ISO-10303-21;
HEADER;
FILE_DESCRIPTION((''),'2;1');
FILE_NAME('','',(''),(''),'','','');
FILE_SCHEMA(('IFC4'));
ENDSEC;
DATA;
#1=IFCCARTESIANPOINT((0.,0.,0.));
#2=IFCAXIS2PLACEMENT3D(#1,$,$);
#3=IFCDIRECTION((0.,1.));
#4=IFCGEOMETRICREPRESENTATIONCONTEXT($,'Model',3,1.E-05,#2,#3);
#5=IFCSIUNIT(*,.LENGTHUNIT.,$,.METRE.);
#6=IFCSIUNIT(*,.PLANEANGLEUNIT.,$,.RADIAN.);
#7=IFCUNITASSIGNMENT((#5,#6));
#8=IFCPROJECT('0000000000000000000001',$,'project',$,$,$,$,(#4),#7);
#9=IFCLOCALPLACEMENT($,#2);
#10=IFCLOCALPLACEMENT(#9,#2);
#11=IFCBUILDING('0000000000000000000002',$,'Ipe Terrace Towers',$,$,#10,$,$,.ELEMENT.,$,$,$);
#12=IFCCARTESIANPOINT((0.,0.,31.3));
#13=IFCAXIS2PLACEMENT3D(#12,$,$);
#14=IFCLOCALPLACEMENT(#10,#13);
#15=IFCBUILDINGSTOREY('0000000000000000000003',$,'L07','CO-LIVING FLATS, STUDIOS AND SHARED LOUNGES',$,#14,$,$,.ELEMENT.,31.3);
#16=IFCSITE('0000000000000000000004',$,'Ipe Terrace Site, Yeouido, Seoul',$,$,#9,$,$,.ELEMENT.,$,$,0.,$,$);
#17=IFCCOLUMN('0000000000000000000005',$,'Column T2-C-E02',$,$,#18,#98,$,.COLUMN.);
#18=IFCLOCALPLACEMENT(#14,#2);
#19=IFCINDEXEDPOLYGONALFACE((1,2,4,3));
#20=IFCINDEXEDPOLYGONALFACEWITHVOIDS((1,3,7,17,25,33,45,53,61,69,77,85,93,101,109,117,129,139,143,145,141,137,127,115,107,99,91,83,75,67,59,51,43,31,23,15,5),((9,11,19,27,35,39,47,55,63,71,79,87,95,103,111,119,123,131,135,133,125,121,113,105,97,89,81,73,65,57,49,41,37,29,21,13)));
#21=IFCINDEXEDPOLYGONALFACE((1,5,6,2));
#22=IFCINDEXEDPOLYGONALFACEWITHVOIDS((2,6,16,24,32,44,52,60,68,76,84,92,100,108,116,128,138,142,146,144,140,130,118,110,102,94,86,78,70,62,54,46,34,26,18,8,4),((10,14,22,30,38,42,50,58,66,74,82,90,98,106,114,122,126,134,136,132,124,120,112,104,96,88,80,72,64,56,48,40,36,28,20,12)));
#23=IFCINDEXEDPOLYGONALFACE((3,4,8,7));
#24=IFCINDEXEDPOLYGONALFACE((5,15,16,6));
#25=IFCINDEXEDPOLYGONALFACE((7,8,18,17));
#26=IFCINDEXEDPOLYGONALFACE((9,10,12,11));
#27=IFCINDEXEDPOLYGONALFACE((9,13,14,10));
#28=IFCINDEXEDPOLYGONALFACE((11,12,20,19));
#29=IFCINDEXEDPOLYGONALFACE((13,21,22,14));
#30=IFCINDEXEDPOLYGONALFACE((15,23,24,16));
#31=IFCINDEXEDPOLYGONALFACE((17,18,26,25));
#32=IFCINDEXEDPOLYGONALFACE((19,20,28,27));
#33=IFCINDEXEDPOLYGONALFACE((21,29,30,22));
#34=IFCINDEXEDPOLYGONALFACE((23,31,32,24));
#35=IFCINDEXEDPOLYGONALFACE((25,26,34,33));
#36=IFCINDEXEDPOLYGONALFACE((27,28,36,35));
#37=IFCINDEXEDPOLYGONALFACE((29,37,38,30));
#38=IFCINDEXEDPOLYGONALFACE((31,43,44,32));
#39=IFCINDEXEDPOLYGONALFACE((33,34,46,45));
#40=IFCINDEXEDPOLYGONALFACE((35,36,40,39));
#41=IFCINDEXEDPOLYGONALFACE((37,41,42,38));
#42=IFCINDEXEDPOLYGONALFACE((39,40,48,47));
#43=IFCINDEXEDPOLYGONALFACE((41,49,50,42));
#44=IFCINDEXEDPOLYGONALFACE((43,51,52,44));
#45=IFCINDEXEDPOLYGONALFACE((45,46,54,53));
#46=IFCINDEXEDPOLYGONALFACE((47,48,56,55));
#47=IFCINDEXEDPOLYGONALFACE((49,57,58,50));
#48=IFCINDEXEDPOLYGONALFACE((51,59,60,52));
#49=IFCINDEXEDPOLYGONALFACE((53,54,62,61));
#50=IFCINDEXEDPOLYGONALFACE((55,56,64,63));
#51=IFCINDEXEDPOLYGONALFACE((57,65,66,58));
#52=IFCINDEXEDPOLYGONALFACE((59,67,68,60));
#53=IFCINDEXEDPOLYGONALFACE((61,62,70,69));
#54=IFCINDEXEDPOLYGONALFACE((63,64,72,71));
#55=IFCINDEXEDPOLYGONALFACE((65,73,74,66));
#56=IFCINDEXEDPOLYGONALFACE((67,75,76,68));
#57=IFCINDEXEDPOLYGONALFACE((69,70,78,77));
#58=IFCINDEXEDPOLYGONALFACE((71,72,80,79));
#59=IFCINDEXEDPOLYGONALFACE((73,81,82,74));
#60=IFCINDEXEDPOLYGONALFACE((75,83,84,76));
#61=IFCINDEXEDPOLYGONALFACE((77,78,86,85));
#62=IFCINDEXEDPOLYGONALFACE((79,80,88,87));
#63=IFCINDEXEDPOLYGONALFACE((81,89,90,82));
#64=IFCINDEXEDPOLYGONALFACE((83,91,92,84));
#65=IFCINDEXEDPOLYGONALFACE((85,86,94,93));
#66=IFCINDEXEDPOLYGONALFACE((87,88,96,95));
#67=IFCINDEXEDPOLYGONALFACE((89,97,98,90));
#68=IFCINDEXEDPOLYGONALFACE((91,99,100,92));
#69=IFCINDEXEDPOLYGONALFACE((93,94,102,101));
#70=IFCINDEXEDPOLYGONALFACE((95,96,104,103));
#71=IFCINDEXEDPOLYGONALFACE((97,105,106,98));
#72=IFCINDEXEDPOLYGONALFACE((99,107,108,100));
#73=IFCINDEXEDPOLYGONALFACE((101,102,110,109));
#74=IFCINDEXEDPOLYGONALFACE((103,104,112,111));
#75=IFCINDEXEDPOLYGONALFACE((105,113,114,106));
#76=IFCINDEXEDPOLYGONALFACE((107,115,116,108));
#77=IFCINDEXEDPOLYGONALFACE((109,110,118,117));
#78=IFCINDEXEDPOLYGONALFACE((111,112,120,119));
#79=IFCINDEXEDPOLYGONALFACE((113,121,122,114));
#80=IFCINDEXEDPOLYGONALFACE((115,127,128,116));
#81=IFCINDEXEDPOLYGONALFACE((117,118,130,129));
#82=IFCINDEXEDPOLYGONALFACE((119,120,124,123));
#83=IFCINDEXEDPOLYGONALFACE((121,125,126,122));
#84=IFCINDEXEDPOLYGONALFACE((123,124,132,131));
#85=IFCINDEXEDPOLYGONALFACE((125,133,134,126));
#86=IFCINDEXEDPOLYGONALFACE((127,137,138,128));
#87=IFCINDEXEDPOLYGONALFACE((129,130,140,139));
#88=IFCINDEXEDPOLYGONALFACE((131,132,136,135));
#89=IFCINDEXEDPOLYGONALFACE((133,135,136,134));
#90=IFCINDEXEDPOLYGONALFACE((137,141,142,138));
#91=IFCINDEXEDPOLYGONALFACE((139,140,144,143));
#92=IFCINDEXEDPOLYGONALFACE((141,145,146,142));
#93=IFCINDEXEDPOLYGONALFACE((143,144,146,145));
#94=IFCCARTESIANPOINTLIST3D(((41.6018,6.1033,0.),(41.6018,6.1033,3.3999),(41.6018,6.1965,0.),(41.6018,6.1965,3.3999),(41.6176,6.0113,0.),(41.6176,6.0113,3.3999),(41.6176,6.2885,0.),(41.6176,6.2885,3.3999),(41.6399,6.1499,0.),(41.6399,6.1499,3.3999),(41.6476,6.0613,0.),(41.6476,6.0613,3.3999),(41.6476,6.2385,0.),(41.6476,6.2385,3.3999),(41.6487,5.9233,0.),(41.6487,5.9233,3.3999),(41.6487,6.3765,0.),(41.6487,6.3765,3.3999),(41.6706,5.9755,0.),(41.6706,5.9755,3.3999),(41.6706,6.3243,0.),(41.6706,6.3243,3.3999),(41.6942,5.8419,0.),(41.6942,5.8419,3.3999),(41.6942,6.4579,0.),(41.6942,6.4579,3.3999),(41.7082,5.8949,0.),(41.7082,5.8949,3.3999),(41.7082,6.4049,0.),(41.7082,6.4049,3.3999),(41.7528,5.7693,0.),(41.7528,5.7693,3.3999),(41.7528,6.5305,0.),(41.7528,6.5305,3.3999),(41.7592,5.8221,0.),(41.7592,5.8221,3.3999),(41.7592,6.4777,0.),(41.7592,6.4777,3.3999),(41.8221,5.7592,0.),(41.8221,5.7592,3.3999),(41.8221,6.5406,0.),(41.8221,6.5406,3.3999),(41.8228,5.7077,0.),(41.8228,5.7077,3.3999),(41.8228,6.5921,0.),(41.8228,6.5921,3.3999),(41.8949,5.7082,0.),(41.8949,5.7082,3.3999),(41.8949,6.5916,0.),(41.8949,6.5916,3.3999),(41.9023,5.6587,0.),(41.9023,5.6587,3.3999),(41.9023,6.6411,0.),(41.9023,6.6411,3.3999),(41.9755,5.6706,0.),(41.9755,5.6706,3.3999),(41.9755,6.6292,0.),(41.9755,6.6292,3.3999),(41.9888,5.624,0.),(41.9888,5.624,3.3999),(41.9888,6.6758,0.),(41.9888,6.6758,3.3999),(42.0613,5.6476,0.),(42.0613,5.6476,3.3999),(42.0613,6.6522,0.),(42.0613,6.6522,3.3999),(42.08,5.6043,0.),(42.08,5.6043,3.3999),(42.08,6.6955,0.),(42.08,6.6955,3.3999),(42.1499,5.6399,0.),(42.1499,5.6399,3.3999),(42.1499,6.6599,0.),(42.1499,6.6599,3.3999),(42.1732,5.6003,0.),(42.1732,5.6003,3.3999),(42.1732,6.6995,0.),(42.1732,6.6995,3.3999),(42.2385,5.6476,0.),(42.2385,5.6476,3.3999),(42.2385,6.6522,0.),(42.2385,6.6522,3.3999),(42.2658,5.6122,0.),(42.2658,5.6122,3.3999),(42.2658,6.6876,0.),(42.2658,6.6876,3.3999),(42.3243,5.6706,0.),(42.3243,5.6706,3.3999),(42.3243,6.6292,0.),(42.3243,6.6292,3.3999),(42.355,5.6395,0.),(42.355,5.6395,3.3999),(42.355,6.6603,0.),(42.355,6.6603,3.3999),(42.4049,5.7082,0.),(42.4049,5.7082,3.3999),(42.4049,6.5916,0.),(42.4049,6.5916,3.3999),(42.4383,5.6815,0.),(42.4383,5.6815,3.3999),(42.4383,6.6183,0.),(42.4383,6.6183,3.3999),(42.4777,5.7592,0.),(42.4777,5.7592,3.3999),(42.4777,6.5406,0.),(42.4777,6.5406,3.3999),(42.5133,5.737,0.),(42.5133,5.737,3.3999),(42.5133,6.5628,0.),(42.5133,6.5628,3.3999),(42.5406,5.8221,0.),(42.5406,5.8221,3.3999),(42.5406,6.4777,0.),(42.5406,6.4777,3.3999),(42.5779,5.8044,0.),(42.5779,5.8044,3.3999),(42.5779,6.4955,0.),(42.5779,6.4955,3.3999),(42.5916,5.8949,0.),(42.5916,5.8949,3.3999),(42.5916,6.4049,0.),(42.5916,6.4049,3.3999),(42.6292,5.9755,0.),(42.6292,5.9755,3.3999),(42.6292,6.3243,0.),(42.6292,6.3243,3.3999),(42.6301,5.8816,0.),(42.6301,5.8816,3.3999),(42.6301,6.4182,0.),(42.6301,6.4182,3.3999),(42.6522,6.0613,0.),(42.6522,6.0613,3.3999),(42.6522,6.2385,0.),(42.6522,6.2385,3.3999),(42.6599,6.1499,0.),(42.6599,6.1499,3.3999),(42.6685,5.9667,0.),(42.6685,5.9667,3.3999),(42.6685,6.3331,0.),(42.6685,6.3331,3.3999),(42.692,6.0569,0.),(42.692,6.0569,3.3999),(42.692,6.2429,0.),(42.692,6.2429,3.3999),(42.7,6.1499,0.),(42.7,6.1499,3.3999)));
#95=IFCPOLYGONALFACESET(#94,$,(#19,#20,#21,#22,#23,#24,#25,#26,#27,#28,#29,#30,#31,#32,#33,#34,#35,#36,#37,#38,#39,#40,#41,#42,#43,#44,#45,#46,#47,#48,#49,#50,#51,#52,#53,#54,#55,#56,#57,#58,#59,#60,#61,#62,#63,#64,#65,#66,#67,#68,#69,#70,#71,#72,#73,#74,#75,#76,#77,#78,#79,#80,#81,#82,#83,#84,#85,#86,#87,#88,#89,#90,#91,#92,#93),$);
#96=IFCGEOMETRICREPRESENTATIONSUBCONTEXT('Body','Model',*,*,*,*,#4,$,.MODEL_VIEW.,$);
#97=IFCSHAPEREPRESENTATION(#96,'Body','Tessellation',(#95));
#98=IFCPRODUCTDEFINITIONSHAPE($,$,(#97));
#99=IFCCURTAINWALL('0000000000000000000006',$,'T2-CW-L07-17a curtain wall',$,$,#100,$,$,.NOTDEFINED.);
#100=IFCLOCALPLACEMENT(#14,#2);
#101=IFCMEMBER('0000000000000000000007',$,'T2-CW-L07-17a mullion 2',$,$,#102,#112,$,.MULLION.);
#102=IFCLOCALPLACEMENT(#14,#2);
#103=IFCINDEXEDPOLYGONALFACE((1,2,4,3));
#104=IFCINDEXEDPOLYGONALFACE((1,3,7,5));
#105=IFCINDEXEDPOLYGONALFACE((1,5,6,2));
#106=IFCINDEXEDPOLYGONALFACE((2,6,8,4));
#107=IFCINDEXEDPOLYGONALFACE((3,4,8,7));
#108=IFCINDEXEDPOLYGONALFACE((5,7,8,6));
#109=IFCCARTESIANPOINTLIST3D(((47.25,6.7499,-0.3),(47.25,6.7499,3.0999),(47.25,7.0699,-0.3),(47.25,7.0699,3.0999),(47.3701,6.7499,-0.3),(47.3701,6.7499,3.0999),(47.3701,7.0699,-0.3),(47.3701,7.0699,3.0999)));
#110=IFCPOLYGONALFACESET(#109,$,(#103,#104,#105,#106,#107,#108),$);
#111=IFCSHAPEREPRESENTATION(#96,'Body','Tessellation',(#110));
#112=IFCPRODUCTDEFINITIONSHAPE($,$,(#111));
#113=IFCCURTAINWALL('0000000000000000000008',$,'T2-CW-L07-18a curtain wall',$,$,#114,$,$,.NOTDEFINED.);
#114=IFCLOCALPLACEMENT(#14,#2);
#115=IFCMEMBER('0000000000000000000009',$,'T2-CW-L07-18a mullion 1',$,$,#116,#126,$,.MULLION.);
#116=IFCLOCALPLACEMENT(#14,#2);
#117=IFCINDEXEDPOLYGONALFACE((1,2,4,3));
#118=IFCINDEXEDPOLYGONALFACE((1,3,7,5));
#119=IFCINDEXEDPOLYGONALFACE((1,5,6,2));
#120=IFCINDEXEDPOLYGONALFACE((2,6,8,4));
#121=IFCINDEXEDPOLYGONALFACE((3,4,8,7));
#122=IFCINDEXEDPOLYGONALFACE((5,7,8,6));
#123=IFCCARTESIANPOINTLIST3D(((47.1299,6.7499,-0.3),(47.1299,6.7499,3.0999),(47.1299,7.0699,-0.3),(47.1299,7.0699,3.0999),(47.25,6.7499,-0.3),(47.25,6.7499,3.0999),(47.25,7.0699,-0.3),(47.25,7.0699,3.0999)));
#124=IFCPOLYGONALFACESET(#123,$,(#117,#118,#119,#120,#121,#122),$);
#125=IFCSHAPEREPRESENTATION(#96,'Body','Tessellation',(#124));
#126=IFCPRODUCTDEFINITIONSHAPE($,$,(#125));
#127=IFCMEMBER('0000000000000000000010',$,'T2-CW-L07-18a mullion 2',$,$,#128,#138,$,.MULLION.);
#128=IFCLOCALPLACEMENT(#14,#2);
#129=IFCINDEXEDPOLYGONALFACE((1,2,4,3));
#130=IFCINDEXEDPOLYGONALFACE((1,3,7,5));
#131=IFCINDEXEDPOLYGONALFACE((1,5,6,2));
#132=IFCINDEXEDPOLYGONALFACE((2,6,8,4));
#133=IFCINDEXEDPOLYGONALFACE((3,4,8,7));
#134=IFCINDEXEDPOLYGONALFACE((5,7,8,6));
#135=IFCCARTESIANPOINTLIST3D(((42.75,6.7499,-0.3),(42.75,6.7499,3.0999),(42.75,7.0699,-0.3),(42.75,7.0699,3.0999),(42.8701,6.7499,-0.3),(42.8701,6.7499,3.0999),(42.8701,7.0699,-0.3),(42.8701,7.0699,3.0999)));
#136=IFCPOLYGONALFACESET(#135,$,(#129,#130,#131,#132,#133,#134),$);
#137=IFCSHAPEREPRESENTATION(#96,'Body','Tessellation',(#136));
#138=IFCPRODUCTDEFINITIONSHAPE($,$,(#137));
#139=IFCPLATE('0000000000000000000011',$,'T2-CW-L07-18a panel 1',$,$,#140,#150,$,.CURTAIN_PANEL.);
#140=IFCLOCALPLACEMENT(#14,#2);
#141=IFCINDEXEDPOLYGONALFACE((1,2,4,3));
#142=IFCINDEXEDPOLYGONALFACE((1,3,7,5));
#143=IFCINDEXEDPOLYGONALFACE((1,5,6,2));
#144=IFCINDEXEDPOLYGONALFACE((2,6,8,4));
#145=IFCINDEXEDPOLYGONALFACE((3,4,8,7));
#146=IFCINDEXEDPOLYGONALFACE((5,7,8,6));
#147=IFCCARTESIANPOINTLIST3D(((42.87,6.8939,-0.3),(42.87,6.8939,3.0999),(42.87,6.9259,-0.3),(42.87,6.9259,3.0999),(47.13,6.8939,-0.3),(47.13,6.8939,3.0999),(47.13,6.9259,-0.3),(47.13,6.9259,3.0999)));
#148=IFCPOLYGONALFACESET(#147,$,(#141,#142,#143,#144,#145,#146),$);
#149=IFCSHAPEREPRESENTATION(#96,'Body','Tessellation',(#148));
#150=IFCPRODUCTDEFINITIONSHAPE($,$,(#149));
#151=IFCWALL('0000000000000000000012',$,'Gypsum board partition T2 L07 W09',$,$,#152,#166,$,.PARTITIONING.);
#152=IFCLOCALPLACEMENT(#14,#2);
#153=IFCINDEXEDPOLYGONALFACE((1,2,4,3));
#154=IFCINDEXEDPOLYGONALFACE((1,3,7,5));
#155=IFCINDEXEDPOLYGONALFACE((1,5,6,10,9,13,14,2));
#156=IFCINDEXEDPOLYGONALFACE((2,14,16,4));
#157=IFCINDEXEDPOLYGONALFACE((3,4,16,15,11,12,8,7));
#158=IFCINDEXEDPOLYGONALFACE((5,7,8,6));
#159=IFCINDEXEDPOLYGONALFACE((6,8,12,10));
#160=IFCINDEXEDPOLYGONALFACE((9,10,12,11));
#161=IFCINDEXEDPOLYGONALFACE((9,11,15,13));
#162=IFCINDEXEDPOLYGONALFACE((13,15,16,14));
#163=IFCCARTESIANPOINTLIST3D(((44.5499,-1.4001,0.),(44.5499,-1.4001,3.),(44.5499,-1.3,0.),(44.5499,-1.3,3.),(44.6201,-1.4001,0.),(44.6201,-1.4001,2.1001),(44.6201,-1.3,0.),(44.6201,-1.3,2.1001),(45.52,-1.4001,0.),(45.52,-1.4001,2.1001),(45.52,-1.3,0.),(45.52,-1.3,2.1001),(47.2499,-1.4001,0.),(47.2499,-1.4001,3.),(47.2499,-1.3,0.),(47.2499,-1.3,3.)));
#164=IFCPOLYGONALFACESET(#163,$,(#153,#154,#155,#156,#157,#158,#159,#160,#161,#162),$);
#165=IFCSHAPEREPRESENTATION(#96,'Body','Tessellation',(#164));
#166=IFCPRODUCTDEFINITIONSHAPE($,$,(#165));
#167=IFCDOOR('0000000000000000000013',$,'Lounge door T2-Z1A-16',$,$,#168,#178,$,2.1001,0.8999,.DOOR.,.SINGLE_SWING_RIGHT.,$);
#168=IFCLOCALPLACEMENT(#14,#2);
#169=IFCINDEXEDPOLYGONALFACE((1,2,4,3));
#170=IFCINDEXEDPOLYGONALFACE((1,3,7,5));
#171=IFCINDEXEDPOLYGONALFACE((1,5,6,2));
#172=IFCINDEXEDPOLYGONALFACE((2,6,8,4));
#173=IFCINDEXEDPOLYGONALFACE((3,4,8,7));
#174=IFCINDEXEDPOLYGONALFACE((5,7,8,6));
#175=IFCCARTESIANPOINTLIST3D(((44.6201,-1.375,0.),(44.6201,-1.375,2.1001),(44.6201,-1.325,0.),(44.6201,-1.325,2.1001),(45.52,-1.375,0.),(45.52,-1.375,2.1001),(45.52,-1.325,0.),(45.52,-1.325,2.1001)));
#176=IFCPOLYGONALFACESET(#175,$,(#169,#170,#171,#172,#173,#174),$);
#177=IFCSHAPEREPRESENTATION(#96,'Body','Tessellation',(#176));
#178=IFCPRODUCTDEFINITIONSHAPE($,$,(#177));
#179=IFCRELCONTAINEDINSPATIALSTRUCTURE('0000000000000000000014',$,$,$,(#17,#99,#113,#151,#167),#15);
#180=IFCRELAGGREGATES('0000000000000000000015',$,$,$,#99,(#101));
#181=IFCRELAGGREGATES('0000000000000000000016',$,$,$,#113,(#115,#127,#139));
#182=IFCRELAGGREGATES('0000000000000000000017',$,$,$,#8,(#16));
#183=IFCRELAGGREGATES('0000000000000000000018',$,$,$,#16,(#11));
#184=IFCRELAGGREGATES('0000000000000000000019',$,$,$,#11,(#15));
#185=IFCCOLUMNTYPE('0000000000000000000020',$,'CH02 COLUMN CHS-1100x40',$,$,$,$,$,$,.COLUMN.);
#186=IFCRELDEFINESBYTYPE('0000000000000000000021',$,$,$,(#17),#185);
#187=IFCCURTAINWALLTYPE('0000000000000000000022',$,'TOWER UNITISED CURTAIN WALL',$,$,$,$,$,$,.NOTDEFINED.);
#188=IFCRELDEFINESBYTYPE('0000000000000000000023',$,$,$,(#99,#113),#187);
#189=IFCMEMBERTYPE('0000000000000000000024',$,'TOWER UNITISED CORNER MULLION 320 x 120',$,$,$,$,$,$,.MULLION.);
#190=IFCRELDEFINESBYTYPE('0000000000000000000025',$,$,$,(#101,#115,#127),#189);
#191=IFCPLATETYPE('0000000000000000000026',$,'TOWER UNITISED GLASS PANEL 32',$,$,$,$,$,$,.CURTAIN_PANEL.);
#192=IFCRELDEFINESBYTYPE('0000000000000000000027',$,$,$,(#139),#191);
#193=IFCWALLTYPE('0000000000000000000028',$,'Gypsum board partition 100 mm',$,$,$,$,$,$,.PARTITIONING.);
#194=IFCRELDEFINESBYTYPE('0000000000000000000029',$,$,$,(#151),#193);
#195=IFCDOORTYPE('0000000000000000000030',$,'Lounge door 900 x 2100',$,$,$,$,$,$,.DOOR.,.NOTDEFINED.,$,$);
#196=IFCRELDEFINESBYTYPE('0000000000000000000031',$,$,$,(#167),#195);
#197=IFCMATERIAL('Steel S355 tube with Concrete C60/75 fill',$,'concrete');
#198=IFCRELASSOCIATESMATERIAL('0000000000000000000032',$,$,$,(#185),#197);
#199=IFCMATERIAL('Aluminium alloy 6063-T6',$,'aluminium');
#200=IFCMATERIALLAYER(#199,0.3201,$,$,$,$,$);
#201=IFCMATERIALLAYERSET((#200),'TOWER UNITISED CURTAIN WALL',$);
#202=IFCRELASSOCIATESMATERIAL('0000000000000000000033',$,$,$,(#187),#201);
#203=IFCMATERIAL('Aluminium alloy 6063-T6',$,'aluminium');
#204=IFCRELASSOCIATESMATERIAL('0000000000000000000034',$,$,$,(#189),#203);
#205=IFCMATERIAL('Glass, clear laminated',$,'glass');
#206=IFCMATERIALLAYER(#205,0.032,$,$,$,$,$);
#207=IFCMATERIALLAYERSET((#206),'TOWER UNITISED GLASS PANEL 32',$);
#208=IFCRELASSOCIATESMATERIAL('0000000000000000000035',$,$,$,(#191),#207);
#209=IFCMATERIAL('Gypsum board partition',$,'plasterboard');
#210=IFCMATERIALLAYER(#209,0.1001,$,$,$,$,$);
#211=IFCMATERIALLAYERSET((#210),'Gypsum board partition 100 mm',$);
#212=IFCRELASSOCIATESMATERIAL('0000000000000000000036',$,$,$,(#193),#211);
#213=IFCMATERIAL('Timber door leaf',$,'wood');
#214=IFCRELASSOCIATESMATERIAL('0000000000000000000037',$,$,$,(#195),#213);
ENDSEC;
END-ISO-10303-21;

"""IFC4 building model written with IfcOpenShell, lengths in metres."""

from ifc_helpers import new_model, si_unit, direction, frame, frame_2d, origin, origin_2d, place, context, subcontext, project, spatial, rectangle, hollow_circle, extrude, material, layer, layer_set, material_profile, profile_set, type_object, element, fill, aggregate, save


model = new_model("IFC4")

# Units and contexts
model_context = context("Model", 3, precision=1e-05, world=origin(), true_north=direction((0.0, 1.0)))
body_context = subcontext(model_context, "Body", "Model", "MODEL_VIEW")
ifc_project = project(units=[si_unit("LENGTHUNIT", "METRE"), si_unit("PLANEANGLEUNIT", "RADIAN")], contexts=[model_context])

# Site, building, storey
site_placement = place(None, origin())
site = spatial("IfcSite", under=ifc_project, at=site_placement, Name="Ipe Terrace Site, Yeouido, Seoul", CompositionType="ELEMENT", RefElevation=0.0)
building_placement = place(site_placement, origin())
building = spatial("IfcBuilding", under=site, at=building_placement, Name="Ipe Terrace Towers", CompositionType="ELEMENT")
storey_placement = place(building_placement, frame((0.0, 0.0, 31.3)))
storey = spatial("IfcBuildingStorey", under=building, at=storey_placement, Name="L07", Description="CO-LIVING FLATS, STUDIOS AND SHARED LOUNGES", CompositionType="ELEMENT", Elevation=31.3)

# Column
ifc_material_1 = material(Name="Steel S355 tube with Concrete C60/75 fill", Category="concrete")
ifc_material_profile_1 = material_profile(ifc_material_1, hollow_circle(Radius=0.55, WallThickness=0.04, at=origin_2d()), Name="CHS-1100x40")
ifc_profile_set_1 = profile_set([ifc_material_profile_1], Name="Steel S355 tube with Concrete C60/75 fill")
column_type = type_object("IfcColumnType", Name="CH02 COLUMN CHS-1100x40", PredefinedType="COLUMN", material=ifc_profile_set_1)
column_placement = place(storey_placement, frame((42.1499, 6.1499, 0.0), z_axis=(0.0, 0.0, 1.0), x_axis=(1.0, 0.0, 0.0)))
element("IfcColumn", 1, at=column_placement, inside=storey, type_object=column_type, Name="Column T2-C-E02", PredefinedType="COLUMN", context=body_context, shape_type="SweptSolid", body=[
    extrude(hollow_circle(Radius=0.55, WallThickness=0.04, at=origin_2d()), origin(), (0.0, 0.0, 1.0), 3.3999),
])

# Curtain wall, member
ifc_material_2 = material(Name="Aluminium alloy 6063-T6", Category="aluminium")
ifc_layer_1 = layer(ifc_material_2, 0.3201)
ifc_layer_set_1 = layer_set([ifc_layer_1], Name="TOWER UNITISED CURTAIN WALL")
curtain_wall_type = type_object("IfcCurtainWallType", Name="TOWER UNITISED CURTAIN WALL", PredefinedType="NOTDEFINED", material=ifc_layer_set_1)
curtain_wall_1_placement = place(storey_placement, origin())
curtain_wall_1 = element("IfcCurtainWall", 2, at=curtain_wall_1_placement, inside=storey, type_object=curtain_wall_type, Name="T2-CW-L07-17a curtain wall", PredefinedType="NOTDEFINED")
ifc_material_3 = material(Name="Aluminium alloy 6063-T6", Category="aluminium")
ifc_material_profile_2 = material_profile(ifc_material_3, rectangle(XDim=0.3201, YDim=0.1201, at=origin_2d()), Name="TOWER UNITISED CORNER MULLION 320 x 120")
ifc_profile_set_2 = profile_set([ifc_material_profile_2], Name="Aluminium alloy 6063-T6")
member_type = type_object("IfcMemberType", Name="TOWER UNITISED CORNER MULLION 320 x 120", PredefinedType="MULLION", material=ifc_profile_set_2)
member_1_placement = place(storey_placement, frame((47.3101, 6.9099, -0.3), z_axis=(0.0, 0.0, 1.0), x_axis=(0.0, 1.0, 0.0)))
member_1 = element("IfcMember", 3, at=member_1_placement, type_object=member_type, Name="T2-CW-L07-17a mullion 2", PredefinedType="MULLION", context=body_context, shape_type="SweptSolid", body=[
    extrude(rectangle(XDim=0.3201, YDim=0.1201, at=origin_2d()), origin(), (0.0, 0.0, 1.0), 3.3999),
])
aggregate(curtain_wall_1, [member_1])

# Curtain wall, members, plate
curtain_wall_2_placement = place(storey_placement, origin())
curtain_wall_2 = element("IfcCurtainWall", 4, at=curtain_wall_2_placement, inside=storey, type_object=curtain_wall_type, Name="T2-CW-L07-18a curtain wall", PredefinedType="NOTDEFINED")
member_2_placement = place(storey_placement, frame((47.1899, 6.9099, -0.3), z_axis=(0.0, 0.0, 1.0), x_axis=(0.0, 1.0, 0.0)))
member_2 = element("IfcMember", 5, at=member_2_placement, type_object=member_type, Name="T2-CW-L07-18a mullion 1", PredefinedType="MULLION", context=body_context, shape_type="SweptSolid", body=[
    extrude(rectangle(XDim=0.3201, YDim=0.1201, at=origin_2d()), origin(), (0.0, 0.0, 1.0), 3.3999),
])
member_3_placement = place(storey_placement, frame((42.8101, 6.9099, -0.3), z_axis=(0.0, 0.0, 1.0), x_axis=(0.0, 1.0, 0.0)))
member_3 = element("IfcMember", 6, at=member_3_placement, type_object=member_type, Name="T2-CW-L07-18a mullion 2", PredefinedType="MULLION", context=body_context, shape_type="SweptSolid", body=[
    extrude(rectangle(XDim=0.3201, YDim=0.1201, at=origin_2d()), origin(), (0.0, 0.0, 1.0), 3.3999),
])
ifc_material_4 = material(Name="Glass, clear laminated", Category="glass")
ifc_layer_2 = layer(ifc_material_4, 0.032)
ifc_layer_set_2 = layer_set([ifc_layer_2], Name="TOWER UNITISED GLASS PANEL 32")
plate_type = type_object("IfcPlateType", Name="TOWER UNITISED GLASS PANEL 32", PredefinedType="CURTAIN_PANEL", material=ifc_layer_set_2)
plate_placement = place(storey_placement, frame((45.0, 6.9099, -0.3), z_axis=(0.0, 0.0, 1.0), x_axis=(-1.0, 0.0, 0.0)))
plate = element("IfcPlate", 7, at=plate_placement, type_object=plate_type, Name="T2-CW-L07-18a panel 1", PredefinedType="CURTAIN_PANEL", context=body_context, shape_type="SweptSolid", body=[
    extrude(rectangle(XDim=4.26, YDim=0.032, at=origin_2d()), origin(), (0.0, 0.0, 1.0), 3.3999),
])
aggregate(curtain_wall_2, [member_2, member_3, plate])

# Wall, opening, door
ifc_material_5 = material(Name="Gypsum board partition", Category="plasterboard")
ifc_layer_3 = layer(ifc_material_5, 0.1001)
ifc_layer_set_3 = layer_set([ifc_layer_3], Name="Gypsum board partition 100 mm")
wall_type_1 = type_object("IfcWallType", Name="Gypsum board partition 100 mm", PredefinedType="PARTITIONING", material=ifc_layer_set_3)
wall_1_placement = place(storey_placement, frame((47.25, -1.3501, 0.0), z_axis=(0.0, 0.0, 1.0), x_axis=(-1.0, 0.0, 0.0)))
wall_1 = element("IfcWall", 8, at=wall_1_placement, inside=storey, type_object=wall_type_1, Name="Gypsum board partition T2 L07 W09", PredefinedType="PARTITIONING", context=body_context, shape_type="SweptSolid", body=[
    extrude(rectangle(XDim=2.7, YDim=0.1001, at=frame_2d((1.3501, 0.0))), origin(), (0.0, 0.0, 1.0), 3.0),
])
opening_1_placement = place(wall_1_placement, frame((1.73, 0.0, 0.0)))
opening_1 = element("IfcOpeningElement", 9, at=opening_1_placement, cuts=wall_1, PredefinedType="OPENING", context=body_context, shape_type="SweptSolid", body=[
    extrude(rectangle(XDim=0.8999, YDim=2.1001, at=frame_2d((0.45, 1.05))), frame((0.0, 0.0601, 0.0), z_axis=(0.0, -1.0, 0.0), x_axis=(1.0, 0.0, 0.0)), (0.0, 0.0, 1.0), 0.1201),
])
ifc_material_6 = material(Name="Timber door leaf", Category="wood")
door_type_1 = type_object("IfcDoorType", Name="Lounge door 900 x 2100", OperationType="NOTDEFINED", PredefinedType="DOOR", material=ifc_material_6)
door_1_placement = place(opening_1_placement, origin())
door_1 = element("IfcDoor", 10, at=door_1_placement, inside=storey, type_object=door_type_1, Name="Lounge door T2-Z1A-16", OperationType="SINGLE_SWING_RIGHT", OverallHeight=2.1001, OverallWidth=0.8999, PredefinedType="DOOR", context=body_context, shape_type="SweptSolid", body=[
    extrude(rectangle(XDim=0.8999, YDim=2.1001, at=frame_2d((0.45, 1.05))), frame((0.0, 0.0249, 0.0), z_axis=(0.0, -1.0, 0.0), x_axis=(1.0, 0.0, 0.0)), (0.0, 0.0, 1.0), 0.05),
])
fill(opening_1, door_1)

save(model, "model.ifc")
